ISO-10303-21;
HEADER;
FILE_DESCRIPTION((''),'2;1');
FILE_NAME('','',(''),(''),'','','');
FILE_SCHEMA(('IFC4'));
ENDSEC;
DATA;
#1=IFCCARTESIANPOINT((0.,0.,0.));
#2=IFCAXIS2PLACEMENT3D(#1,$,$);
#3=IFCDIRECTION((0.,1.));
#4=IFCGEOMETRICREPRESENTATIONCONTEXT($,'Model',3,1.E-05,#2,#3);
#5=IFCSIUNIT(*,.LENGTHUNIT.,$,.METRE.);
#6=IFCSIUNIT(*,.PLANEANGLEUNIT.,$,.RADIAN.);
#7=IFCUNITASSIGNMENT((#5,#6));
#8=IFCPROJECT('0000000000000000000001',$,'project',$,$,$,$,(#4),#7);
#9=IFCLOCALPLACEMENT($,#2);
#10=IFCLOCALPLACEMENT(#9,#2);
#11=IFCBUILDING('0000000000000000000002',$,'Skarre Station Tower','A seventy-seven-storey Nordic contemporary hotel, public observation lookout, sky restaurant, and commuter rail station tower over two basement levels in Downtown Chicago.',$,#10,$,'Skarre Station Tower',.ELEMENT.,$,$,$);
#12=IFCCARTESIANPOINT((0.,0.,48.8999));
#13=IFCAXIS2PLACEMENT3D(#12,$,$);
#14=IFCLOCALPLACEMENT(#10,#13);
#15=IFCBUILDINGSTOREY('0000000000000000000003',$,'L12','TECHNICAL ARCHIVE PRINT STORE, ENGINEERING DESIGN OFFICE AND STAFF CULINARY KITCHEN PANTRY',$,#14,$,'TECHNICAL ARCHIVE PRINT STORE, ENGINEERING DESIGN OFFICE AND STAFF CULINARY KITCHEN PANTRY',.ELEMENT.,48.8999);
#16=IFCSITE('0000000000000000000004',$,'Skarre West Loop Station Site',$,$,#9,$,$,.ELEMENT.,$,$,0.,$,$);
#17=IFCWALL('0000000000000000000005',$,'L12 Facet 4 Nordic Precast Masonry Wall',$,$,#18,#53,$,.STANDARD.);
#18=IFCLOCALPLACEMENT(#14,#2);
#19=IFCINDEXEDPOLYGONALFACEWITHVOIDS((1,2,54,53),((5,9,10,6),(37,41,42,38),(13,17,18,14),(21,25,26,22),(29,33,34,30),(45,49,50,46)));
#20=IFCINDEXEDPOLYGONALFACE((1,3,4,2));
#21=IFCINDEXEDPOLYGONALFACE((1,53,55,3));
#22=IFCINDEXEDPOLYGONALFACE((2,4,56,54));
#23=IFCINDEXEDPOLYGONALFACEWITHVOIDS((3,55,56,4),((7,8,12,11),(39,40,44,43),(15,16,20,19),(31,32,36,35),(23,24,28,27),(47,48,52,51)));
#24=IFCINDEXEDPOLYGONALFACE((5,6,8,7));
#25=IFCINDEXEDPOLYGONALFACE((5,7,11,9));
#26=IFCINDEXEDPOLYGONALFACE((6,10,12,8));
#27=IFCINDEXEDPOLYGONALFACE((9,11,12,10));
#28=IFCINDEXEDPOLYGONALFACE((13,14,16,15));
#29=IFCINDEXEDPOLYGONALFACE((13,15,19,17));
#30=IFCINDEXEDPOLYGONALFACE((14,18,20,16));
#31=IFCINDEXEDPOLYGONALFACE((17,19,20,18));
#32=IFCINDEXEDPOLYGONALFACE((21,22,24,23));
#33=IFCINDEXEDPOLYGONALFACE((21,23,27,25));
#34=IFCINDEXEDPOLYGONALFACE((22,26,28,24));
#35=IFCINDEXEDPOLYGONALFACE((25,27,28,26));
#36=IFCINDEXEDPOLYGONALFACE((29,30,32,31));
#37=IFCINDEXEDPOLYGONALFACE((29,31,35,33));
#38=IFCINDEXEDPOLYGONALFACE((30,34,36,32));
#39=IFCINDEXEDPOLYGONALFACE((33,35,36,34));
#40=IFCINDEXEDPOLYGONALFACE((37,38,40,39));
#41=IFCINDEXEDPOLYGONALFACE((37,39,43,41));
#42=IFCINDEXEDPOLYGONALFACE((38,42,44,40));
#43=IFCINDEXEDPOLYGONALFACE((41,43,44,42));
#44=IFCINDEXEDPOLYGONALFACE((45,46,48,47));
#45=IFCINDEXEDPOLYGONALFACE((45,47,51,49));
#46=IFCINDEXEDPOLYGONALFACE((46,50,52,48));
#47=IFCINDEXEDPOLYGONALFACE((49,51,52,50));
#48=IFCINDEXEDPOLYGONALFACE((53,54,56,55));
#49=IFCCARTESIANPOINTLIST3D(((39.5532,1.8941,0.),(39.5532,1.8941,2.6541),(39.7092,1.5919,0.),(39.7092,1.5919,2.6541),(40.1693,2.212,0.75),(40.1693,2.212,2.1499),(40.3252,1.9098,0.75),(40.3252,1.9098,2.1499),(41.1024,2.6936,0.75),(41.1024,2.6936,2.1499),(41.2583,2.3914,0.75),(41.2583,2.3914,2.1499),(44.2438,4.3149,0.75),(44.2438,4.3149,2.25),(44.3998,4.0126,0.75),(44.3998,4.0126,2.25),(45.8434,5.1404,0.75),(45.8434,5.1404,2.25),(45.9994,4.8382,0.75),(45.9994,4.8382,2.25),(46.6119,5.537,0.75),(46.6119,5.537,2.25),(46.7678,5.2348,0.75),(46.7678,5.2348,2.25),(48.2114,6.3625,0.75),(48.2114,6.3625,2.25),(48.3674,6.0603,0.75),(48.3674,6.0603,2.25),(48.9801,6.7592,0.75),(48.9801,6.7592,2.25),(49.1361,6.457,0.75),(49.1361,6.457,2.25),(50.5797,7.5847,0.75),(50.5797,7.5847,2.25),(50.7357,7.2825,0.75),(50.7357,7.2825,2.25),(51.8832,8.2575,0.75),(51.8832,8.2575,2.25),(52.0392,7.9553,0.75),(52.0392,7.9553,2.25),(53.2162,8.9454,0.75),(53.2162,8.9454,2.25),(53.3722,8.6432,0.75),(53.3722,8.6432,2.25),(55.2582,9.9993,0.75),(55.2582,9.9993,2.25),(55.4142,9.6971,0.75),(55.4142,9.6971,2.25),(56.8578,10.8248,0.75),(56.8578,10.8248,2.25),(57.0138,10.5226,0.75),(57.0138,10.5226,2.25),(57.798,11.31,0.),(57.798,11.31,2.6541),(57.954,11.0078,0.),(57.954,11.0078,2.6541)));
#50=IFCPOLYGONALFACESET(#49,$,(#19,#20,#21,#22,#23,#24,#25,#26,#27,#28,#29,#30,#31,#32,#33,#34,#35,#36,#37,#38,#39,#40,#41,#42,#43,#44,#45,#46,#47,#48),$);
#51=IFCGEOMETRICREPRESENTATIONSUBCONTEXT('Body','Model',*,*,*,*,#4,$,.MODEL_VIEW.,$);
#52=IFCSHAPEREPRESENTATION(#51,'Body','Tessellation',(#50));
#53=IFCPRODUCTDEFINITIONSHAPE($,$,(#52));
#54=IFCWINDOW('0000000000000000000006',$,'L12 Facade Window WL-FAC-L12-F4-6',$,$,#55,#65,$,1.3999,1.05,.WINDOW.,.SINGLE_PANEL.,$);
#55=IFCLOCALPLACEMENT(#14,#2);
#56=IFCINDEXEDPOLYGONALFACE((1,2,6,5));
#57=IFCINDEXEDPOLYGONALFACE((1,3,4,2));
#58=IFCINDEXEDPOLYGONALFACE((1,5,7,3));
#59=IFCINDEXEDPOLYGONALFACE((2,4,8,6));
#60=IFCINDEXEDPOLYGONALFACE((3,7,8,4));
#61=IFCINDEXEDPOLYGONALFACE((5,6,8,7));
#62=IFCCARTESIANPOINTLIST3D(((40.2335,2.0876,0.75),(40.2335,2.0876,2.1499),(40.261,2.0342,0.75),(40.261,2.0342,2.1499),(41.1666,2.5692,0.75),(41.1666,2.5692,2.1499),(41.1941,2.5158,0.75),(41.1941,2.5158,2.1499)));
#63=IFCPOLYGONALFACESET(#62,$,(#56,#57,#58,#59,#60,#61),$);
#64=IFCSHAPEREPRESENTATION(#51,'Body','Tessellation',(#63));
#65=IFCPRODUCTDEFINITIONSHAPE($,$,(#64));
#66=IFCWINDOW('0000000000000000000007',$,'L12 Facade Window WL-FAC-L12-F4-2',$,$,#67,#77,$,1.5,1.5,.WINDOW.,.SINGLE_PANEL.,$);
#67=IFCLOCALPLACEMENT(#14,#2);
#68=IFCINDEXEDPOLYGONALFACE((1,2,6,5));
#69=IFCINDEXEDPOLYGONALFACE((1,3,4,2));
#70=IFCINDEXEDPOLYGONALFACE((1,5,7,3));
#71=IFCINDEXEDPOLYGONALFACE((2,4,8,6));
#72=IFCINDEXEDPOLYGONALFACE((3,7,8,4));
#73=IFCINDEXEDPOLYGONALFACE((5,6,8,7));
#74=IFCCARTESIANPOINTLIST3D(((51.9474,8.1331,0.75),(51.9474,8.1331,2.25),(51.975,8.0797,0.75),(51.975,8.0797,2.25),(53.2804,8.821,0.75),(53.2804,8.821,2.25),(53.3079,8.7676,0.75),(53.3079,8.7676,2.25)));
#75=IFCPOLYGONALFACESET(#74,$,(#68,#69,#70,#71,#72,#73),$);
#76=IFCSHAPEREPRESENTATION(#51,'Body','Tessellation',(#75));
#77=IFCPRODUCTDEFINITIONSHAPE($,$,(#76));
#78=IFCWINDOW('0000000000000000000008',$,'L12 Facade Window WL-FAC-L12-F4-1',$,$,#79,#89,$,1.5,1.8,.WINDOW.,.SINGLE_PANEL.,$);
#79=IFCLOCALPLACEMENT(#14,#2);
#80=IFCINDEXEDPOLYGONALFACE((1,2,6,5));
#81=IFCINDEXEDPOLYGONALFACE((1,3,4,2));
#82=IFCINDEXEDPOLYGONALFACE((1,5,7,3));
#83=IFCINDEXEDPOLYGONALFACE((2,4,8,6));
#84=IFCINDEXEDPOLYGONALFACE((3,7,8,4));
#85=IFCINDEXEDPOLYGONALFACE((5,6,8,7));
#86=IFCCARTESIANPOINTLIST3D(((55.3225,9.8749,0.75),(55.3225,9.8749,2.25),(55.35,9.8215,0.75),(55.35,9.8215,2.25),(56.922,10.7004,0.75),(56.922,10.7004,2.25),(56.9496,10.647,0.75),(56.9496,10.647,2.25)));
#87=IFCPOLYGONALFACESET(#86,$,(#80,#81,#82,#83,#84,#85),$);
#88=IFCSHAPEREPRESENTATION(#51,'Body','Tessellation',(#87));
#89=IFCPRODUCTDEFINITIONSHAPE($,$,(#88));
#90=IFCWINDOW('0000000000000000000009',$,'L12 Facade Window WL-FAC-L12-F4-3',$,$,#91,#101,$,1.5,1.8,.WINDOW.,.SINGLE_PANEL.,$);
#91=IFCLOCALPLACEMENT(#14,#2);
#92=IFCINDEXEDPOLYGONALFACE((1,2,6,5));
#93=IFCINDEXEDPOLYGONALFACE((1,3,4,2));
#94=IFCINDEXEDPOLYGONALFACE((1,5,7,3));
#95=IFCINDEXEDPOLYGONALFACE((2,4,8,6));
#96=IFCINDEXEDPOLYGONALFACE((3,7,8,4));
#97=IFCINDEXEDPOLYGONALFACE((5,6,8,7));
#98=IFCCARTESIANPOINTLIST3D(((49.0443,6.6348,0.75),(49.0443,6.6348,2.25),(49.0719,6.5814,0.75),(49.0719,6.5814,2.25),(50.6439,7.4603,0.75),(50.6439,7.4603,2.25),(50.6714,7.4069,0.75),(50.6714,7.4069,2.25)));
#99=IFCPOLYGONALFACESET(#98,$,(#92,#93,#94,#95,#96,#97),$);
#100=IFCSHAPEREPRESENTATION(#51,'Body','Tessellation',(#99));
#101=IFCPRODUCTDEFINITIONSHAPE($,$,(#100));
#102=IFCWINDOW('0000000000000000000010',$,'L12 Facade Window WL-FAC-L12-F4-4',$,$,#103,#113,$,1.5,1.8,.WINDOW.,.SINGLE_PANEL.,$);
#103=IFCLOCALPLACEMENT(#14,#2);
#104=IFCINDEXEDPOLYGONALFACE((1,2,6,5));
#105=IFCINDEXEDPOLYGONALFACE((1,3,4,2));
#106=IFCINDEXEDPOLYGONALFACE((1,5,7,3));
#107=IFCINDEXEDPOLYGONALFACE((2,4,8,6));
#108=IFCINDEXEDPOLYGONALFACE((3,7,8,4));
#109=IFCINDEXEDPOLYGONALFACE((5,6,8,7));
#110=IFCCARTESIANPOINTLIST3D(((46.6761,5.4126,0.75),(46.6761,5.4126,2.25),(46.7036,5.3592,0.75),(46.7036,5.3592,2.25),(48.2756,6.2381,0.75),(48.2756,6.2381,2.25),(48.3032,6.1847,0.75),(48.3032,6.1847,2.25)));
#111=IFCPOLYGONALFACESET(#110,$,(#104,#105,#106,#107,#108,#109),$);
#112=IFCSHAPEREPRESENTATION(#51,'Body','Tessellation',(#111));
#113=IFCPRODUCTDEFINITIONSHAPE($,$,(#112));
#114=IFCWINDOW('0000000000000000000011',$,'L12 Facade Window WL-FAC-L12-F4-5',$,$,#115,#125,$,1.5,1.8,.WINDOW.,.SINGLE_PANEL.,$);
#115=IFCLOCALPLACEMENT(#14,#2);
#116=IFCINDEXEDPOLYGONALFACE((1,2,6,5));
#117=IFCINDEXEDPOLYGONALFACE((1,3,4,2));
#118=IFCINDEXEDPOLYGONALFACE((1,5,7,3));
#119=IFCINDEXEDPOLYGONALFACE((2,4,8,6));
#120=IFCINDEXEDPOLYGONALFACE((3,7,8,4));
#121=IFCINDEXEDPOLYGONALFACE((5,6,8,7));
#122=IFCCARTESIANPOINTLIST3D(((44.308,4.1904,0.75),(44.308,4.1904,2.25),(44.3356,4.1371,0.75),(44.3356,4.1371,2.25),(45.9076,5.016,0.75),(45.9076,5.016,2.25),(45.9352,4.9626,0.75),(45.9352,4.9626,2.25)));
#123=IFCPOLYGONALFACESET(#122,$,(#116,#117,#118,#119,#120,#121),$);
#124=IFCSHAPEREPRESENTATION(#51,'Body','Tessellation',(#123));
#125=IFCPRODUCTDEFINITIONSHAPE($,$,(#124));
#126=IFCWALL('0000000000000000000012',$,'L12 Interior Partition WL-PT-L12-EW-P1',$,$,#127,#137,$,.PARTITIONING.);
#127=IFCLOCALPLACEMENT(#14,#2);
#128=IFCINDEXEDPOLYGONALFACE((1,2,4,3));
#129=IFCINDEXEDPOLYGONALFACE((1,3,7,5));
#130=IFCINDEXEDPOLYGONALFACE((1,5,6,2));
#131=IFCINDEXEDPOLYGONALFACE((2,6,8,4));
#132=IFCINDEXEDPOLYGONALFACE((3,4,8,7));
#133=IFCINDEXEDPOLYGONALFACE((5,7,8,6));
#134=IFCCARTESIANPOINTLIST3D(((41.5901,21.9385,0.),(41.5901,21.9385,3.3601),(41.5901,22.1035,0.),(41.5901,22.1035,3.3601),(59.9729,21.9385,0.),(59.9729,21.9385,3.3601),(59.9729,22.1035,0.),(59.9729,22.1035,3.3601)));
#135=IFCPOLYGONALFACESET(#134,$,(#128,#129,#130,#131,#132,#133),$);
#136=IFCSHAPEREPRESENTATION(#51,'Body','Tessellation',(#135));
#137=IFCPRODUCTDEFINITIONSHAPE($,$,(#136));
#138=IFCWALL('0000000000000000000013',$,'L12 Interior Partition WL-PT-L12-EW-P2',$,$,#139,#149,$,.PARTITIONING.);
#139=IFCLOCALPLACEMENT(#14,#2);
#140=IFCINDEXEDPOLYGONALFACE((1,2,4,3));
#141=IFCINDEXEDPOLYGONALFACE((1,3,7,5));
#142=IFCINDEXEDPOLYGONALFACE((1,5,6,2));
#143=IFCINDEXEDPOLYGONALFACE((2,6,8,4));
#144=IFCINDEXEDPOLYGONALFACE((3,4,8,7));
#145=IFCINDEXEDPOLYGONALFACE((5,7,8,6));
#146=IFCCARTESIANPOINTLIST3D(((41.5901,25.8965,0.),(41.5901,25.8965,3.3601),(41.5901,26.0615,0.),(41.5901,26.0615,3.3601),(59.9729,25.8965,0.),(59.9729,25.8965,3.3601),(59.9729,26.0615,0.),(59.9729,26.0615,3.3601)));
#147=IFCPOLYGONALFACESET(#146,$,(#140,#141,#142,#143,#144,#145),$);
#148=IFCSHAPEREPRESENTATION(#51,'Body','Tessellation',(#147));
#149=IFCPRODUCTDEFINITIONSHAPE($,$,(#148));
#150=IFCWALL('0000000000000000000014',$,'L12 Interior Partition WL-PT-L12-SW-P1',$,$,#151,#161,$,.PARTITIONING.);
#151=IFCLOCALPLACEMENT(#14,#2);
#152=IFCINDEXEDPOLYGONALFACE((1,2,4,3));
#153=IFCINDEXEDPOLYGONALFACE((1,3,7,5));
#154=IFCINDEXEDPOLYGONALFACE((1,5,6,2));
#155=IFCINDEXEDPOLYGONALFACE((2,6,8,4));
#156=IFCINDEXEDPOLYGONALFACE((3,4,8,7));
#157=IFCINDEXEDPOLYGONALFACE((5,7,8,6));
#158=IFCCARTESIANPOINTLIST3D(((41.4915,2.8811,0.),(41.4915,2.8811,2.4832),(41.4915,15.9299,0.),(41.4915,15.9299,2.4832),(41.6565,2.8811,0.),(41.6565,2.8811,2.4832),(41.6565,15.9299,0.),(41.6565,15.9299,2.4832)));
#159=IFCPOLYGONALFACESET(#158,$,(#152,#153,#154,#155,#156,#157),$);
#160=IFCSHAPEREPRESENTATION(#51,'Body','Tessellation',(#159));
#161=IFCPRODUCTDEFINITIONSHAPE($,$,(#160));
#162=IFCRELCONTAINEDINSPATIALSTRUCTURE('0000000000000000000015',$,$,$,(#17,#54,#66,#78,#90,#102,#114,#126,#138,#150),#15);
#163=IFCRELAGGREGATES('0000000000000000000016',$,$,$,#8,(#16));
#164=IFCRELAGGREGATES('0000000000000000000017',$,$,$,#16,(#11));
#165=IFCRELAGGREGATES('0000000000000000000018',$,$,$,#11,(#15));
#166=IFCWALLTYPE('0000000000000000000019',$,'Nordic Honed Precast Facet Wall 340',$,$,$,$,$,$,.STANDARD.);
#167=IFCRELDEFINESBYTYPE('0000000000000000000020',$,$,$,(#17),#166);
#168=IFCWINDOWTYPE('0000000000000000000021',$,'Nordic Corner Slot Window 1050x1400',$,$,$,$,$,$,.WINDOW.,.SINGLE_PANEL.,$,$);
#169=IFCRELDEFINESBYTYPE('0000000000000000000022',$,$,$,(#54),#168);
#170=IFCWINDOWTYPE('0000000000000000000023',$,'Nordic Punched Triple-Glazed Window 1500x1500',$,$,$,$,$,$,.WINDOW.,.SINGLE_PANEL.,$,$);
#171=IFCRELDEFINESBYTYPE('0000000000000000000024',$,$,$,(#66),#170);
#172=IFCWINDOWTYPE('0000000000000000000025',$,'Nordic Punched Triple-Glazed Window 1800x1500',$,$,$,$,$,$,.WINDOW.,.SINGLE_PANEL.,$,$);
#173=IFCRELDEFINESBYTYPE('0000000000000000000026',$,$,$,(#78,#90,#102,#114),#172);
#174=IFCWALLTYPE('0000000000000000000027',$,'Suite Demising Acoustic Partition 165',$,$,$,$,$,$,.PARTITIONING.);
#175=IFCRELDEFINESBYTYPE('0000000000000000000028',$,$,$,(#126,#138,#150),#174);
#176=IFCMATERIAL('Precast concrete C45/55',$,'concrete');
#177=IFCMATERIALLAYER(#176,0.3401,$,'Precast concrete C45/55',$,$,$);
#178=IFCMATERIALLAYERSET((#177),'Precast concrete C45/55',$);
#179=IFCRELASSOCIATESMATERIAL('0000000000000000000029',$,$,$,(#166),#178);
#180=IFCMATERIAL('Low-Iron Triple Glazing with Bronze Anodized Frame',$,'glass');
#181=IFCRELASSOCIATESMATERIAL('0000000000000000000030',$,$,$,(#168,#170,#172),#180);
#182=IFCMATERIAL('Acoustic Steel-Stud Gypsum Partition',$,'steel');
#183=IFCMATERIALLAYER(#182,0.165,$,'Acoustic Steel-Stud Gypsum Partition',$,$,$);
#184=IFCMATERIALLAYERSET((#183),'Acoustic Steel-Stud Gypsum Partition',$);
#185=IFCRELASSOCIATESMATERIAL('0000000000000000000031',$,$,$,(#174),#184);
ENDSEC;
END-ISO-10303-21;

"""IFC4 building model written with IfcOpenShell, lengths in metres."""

from ifc_helpers import new_model, si_unit, direction, frame, frame_2d, origin, place, context, subcontext, project, spatial, rectangle, extrude, material, layer, layer_set, type_object, element, fill, save


model = new_model("IFC4")

# Units and contexts
model_context = context("Model", 3, precision=1e-05, world=origin(), true_north=direction((0.0, 1.0)))
body_context = subcontext(model_context, "Body", "Model", "MODEL_VIEW")
ifc_project = project(units=[si_unit("LENGTHUNIT", "METRE"), si_unit("PLANEANGLEUNIT", "RADIAN")], contexts=[model_context])

# Site, building, storey
site_placement = place(None, origin())
site = spatial("IfcSite", under=ifc_project, at=site_placement, Name="Skarre West Loop Station Site", CompositionType="ELEMENT", RefElevation=0.0)
building_placement = place(site_placement, origin())
building = spatial("IfcBuilding", under=site, at=building_placement, Name="Skarre Station Tower", Description="A seventy-seven-storey Nordic contemporary hotel, public observation lookout, sky restaurant, and commuter rail station tower over two basement levels in Downtown Chicago.", LongName="Skarre Station Tower", CompositionType="ELEMENT")
storey_placement = place(building_placement, frame((0.0, 0.0, 48.8999)))
storey = spatial("IfcBuildingStorey", under=building, at=storey_placement, Name="L12", Description="TECHNICAL ARCHIVE PRINT STORE, ENGINEERING DESIGN OFFICE AND STAFF CULINARY KITCHEN PANTRY", LongName="TECHNICAL ARCHIVE PRINT STORE, ENGINEERING DESIGN OFFICE AND STAFF CULINARY KITCHEN PANTRY", CompositionType="ELEMENT", Elevation=48.8999)

# Shared definitions
ifc_material_1 = material(Name="Acoustic Steel-Stud Gypsum Partition", Category="steel")

# Wall, openings, windows
ifc_material_2 = material(Name="Precast concrete C45/55", Category="concrete")
ifc_layer_1 = layer(ifc_material_2, 0.3401, Name="Precast concrete C45/55")
ifc_layer_set_1 = layer_set([ifc_layer_1], Name="Precast concrete C45/55")
wall_type_1 = type_object("IfcWallType", Name="Nordic Honed Precast Facet Wall 340", PredefinedType="STANDARD", material=ifc_layer_set_1)
wall_1_placement = place(storey_placement, frame((57.876, 11.1589, 0.0), z_axis=(0.0, 0.0, 1.0), x_axis=(-0.888634, -0.458616, 0.0)))
wall_1 = element("IfcWall", 1, at=wall_1_placement, inside=storey, type_object=wall_type_1, Name="L12 Facet 4 Nordic Precast Masonry Wall", PredefinedType="STANDARD", context=body_context, shape_type="SweptSolid", body=[
    extrude(rectangle(XDim=20.5312, YDim=0.3401, at=frame_2d((10.2656, 0.0))), origin(), (0.0, 0.0, 1.0), 2.6541),
])
opening_1_placement = place(wall_1_placement, frame((1.0581, 0.0, 0.75)))
opening_1 = element("IfcOpeningElement", 2, at=opening_1_placement, cuts=wall_1, PredefinedType="OPENING", context=body_context, shape_type="SweptSolid", body=[
    extrude(rectangle(XDim=1.8, YDim=1.5, at=frame_2d((0.8999, 0.75))), frame((0.0, 0.1799, 0.0), z_axis=(0.0, -1.0, 0.0), x_axis=(1.0, 0.0, 0.0)), (0.0, 0.0, 1.0), 0.3601),
])
opening_2_placement = place(wall_1_placement, frame((5.156, 0.0, 0.75)))
opening_2 = element("IfcOpeningElement", 3, at=opening_2_placement, cuts=wall_1, PredefinedType="OPENING", context=body_context, shape_type="SweptSolid", body=[
    extrude(rectangle(XDim=1.5, YDim=1.5, at=frame_2d((0.75, 0.75))), frame((0.0, 0.1799, 0.0), z_axis=(0.0, -1.0, 0.0), x_axis=(1.0, 0.0, 0.0)), (0.0, 0.0, 1.0), 0.3601),
])
opening_3_placement = place(wall_1_placement, frame((8.123, 0.0, 0.75)))
opening_3 = element("IfcOpeningElement", 4, at=opening_3_placement, cuts=wall_1, PredefinedType="OPENING", context=body_context, shape_type="SweptSolid", body=[
    extrude(rectangle(XDim=1.8, YDim=1.5, at=frame_2d((0.8999, 0.75))), frame((0.0, 0.1799, 0.0), z_axis=(0.0, -1.0, 0.0), x_axis=(1.0, 0.0, 0.0)), (0.0, 0.0, 1.0), 0.3601),
])
opening_4_placement = place(wall_1_placement, frame((10.7881, 0.0, 0.75)))
opening_4 = element("IfcOpeningElement", 5, at=opening_4_placement, cuts=wall_1, PredefinedType="OPENING", context=body_context, shape_type="SweptSolid", body=[
    extrude(rectangle(XDim=1.8, YDim=1.5, at=frame_2d((0.8999, 0.75))), frame((0.0, 0.1799, 0.0), z_axis=(0.0, -1.0, 0.0), x_axis=(1.0, 0.0, 0.0)), (0.0, 0.0, 1.0), 0.3601),
])
opening_5_placement = place(wall_1_placement, frame((13.4529, 0.0, 0.75)))
opening_5 = element("IfcOpeningElement", 6, at=opening_5_placement, cuts=wall_1, PredefinedType="OPENING", context=body_context, shape_type="SweptSolid", body=[
    extrude(rectangle(XDim=1.8, YDim=1.5, at=frame_2d((0.8999, 0.75))), frame((0.0, 0.1799, 0.0), z_axis=(0.0, -1.0, 0.0), x_axis=(1.0, 0.0, 0.0)), (0.0, 0.0, 1.0), 0.3601),
])
opening_6_placement = place(wall_1_placement, frame((18.7881, 0.0, 0.75)))
opening_6 = element("IfcOpeningElement", 7, at=opening_6_placement, cuts=wall_1, PredefinedType="OPENING", context=body_context, shape_type="SweptSolid", body=[
    extrude(rectangle(XDim=1.05, YDim=1.3999, at=frame_2d((0.5249, 0.7))), frame((0.0, 0.1799, 0.0), z_axis=(0.0, -1.0, 0.0), x_axis=(1.0, 0.0, 0.0)), (0.0, 0.0, 1.0), 0.3601),
])
ifc_material_3 = material(Name="Low-Iron Triple Glazing with Bronze Anodized Frame", Category="glass")
window_type_1 = type_object("IfcWindowType", Name="Nordic Corner Slot Window 1050x1400", PartitioningType="SINGLE_PANEL", PredefinedType="WINDOW", material=ifc_material_3)
window_1_placement = place(opening_6_placement, origin())
window_1 = element("IfcWindow", 8, at=window_1_placement, inside=storey, type_object=window_type_1, Name="L12 Facade Window WL-FAC-L12-F4-6", OverallHeight=1.3999, OverallWidth=1.05, PartitioningType="SINGLE_PANEL", PredefinedType="WINDOW", context=body_context, shape_type="SweptSolid", body=[
    extrude(rectangle(XDim=1.05, YDim=1.3999, at=frame_2d((0.5249, 0.7))), frame((0.0, 0.03, 0.0), z_axis=(0.0, -1.0, 0.0), x_axis=(1.0, 0.0, 0.0)), (0.0, 0.0, 1.0), 0.0601),
])
fill(opening_6, window_1)
window_type_2 = type_object("IfcWindowType", Name="Nordic Punched Triple-Glazed Window 1500x1500", PartitioningType="SINGLE_PANEL", PredefinedType="WINDOW", material=ifc_material_3)
window_2_placement = place(opening_2_placement, origin())
window_2 = element("IfcWindow", 9, at=window_2_placement, inside=storey, type_object=window_type_2, Name="L12 Facade Window WL-FAC-L12-F4-2", OverallHeight=1.5, OverallWidth=1.5, PartitioningType="SINGLE_PANEL", PredefinedType="WINDOW", context=body_context, shape_type="SweptSolid", body=[
    extrude(rectangle(XDim=1.5, YDim=1.5, at=frame_2d((0.75, 0.75))), frame((0.0, 0.03, 0.0), z_axis=(0.0, -1.0, 0.0), x_axis=(1.0, 0.0, 0.0)), (0.0, 0.0, 1.0), 0.0601),
])
fill(opening_2, window_2)
window_type_3 = type_object("IfcWindowType", Name="Nordic Punched Triple-Glazed Window 1800x1500", PartitioningType="SINGLE_PANEL", PredefinedType="WINDOW", material=ifc_material_3)
window_3_placement = place(opening_1_placement, origin())
window_3 = element("IfcWindow", 10, at=window_3_placement, inside=storey, type_object=window_type_3, Name="L12 Facade Window WL-FAC-L12-F4-1", OverallHeight=1.5, OverallWidth=1.8, PartitioningType="SINGLE_PANEL", PredefinedType="WINDOW", context=body_context, shape_type="SweptSolid", body=[
    extrude(rectangle(XDim=1.8, YDim=1.5, at=frame_2d((0.8999, 0.75))), frame((0.0, 0.03, 0.0), z_axis=(0.0, -1.0, 0.0), x_axis=(1.0, 0.0, 0.0)), (0.0, 0.0, 1.0), 0.0601),
])
fill(opening_1, window_3)
window_4_placement = place(opening_3_placement, origin())
window_4 = element("IfcWindow", 11, at=window_4_placement, inside=storey, type_object=window_type_3, Name="L12 Facade Window WL-FAC-L12-F4-3", OverallHeight=1.5, OverallWidth=1.8, PartitioningType="SINGLE_PANEL", PredefinedType="WINDOW", context=body_context, shape_type="SweptSolid", body=[
    extrude(rectangle(XDim=1.8, YDim=1.5, at=frame_2d((0.8999, 0.75))), frame((0.0, 0.03, 0.0), z_axis=(0.0, -1.0, 0.0), x_axis=(1.0, 0.0, 0.0)), (0.0, 0.0, 1.0), 0.0601),
])
fill(opening_3, window_4)
window_5_placement = place(opening_4_placement, origin())
window_5 = element("IfcWindow", 12, at=window_5_placement, inside=storey, type_object=window_type_3, Name="L12 Facade Window WL-FAC-L12-F4-4", OverallHeight=1.5, OverallWidth=1.8, PartitioningType="SINGLE_PANEL", PredefinedType="WINDOW", context=body_context, shape_type="SweptSolid", body=[
    extrude(rectangle(XDim=1.8, YDim=1.5, at=frame_2d((0.8999, 0.75))), frame((0.0, 0.03, 0.0), z_axis=(0.0, -1.0, 0.0), x_axis=(1.0, 0.0, 0.0)), (0.0, 0.0, 1.0), 0.0601),
])
fill(opening_4, window_5)
window_6_placement = place(opening_5_placement, origin())
window_6 = element("IfcWindow", 13, at=window_6_placement, inside=storey, type_object=window_type_3, Name="L12 Facade Window WL-FAC-L12-F4-5", OverallHeight=1.5, OverallWidth=1.8, PartitioningType="SINGLE_PANEL", PredefinedType="WINDOW", context=body_context, shape_type="SweptSolid", body=[
    extrude(rectangle(XDim=1.8, YDim=1.5, at=frame_2d((0.8999, 0.75))), frame((0.0, 0.03, 0.0), z_axis=(0.0, -1.0, 0.0), x_axis=(1.0, 0.0, 0.0)), (0.0, 0.0, 1.0), 0.0601),
])
fill(opening_5, window_6)

# Walls
ifc_layer_2 = layer(ifc_material_1, 0.165, Name="Acoustic Steel-Stud Gypsum Partition")
ifc_layer_set_2 = layer_set([ifc_layer_2], Name="Acoustic Steel-Stud Gypsum Partition")
wall_type_2 = type_object("IfcWallType", Name="Suite Demising Acoustic Partition 165", PredefinedType="PARTITIONING", material=ifc_layer_set_2)
for number, where, z_axis, x_axis, name in (
    (14, (41.5901, 22.021, 0.0), (0.0, 0.0, 1.0), (1.0, 0.0, 0.0), "L12 Interior Partition WL-PT-L12-EW-P1"),
    (15, (41.5901, 25.979, 0.0), (0.0, 0.0, 1.0), (1.0, 0.0, 0.0), "L12 Interior Partition WL-PT-L12-EW-P2"),
):
    element("IfcWall", number, at=place(storey_placement, frame(where, z_axis=z_axis, x_axis=x_axis)), inside=storey, type_object=wall_type_2, Name=name, PredefinedType="PARTITIONING", context=body_context, shape_type="SweptSolid", body=[
        extrude(rectangle(XDim=18.3828, YDim=0.165, at=frame_2d((9.1914, 0.0))), origin(), (0.0, 0.0, 1.0), 3.3601),
    ])
wall_2_placement = place(storey_placement, frame((41.574, 2.8811, 0.0), z_axis=(0.0, 0.0, 1.0), x_axis=(0.0, 1.0, 0.0)))
element("IfcWall", 16, at=wall_2_placement, inside=storey, type_object=wall_type_2, Name="L12 Interior Partition WL-PT-L12-SW-P1", PredefinedType="PARTITIONING", context=body_context, shape_type="SweptSolid", body=[
    extrude(rectangle(XDim=13.0488, YDim=0.165, at=frame_2d((6.5244, 0.0))), origin(), (0.0, 0.0, 1.0), 2.4832),
])

save(model, "model.ifc")
